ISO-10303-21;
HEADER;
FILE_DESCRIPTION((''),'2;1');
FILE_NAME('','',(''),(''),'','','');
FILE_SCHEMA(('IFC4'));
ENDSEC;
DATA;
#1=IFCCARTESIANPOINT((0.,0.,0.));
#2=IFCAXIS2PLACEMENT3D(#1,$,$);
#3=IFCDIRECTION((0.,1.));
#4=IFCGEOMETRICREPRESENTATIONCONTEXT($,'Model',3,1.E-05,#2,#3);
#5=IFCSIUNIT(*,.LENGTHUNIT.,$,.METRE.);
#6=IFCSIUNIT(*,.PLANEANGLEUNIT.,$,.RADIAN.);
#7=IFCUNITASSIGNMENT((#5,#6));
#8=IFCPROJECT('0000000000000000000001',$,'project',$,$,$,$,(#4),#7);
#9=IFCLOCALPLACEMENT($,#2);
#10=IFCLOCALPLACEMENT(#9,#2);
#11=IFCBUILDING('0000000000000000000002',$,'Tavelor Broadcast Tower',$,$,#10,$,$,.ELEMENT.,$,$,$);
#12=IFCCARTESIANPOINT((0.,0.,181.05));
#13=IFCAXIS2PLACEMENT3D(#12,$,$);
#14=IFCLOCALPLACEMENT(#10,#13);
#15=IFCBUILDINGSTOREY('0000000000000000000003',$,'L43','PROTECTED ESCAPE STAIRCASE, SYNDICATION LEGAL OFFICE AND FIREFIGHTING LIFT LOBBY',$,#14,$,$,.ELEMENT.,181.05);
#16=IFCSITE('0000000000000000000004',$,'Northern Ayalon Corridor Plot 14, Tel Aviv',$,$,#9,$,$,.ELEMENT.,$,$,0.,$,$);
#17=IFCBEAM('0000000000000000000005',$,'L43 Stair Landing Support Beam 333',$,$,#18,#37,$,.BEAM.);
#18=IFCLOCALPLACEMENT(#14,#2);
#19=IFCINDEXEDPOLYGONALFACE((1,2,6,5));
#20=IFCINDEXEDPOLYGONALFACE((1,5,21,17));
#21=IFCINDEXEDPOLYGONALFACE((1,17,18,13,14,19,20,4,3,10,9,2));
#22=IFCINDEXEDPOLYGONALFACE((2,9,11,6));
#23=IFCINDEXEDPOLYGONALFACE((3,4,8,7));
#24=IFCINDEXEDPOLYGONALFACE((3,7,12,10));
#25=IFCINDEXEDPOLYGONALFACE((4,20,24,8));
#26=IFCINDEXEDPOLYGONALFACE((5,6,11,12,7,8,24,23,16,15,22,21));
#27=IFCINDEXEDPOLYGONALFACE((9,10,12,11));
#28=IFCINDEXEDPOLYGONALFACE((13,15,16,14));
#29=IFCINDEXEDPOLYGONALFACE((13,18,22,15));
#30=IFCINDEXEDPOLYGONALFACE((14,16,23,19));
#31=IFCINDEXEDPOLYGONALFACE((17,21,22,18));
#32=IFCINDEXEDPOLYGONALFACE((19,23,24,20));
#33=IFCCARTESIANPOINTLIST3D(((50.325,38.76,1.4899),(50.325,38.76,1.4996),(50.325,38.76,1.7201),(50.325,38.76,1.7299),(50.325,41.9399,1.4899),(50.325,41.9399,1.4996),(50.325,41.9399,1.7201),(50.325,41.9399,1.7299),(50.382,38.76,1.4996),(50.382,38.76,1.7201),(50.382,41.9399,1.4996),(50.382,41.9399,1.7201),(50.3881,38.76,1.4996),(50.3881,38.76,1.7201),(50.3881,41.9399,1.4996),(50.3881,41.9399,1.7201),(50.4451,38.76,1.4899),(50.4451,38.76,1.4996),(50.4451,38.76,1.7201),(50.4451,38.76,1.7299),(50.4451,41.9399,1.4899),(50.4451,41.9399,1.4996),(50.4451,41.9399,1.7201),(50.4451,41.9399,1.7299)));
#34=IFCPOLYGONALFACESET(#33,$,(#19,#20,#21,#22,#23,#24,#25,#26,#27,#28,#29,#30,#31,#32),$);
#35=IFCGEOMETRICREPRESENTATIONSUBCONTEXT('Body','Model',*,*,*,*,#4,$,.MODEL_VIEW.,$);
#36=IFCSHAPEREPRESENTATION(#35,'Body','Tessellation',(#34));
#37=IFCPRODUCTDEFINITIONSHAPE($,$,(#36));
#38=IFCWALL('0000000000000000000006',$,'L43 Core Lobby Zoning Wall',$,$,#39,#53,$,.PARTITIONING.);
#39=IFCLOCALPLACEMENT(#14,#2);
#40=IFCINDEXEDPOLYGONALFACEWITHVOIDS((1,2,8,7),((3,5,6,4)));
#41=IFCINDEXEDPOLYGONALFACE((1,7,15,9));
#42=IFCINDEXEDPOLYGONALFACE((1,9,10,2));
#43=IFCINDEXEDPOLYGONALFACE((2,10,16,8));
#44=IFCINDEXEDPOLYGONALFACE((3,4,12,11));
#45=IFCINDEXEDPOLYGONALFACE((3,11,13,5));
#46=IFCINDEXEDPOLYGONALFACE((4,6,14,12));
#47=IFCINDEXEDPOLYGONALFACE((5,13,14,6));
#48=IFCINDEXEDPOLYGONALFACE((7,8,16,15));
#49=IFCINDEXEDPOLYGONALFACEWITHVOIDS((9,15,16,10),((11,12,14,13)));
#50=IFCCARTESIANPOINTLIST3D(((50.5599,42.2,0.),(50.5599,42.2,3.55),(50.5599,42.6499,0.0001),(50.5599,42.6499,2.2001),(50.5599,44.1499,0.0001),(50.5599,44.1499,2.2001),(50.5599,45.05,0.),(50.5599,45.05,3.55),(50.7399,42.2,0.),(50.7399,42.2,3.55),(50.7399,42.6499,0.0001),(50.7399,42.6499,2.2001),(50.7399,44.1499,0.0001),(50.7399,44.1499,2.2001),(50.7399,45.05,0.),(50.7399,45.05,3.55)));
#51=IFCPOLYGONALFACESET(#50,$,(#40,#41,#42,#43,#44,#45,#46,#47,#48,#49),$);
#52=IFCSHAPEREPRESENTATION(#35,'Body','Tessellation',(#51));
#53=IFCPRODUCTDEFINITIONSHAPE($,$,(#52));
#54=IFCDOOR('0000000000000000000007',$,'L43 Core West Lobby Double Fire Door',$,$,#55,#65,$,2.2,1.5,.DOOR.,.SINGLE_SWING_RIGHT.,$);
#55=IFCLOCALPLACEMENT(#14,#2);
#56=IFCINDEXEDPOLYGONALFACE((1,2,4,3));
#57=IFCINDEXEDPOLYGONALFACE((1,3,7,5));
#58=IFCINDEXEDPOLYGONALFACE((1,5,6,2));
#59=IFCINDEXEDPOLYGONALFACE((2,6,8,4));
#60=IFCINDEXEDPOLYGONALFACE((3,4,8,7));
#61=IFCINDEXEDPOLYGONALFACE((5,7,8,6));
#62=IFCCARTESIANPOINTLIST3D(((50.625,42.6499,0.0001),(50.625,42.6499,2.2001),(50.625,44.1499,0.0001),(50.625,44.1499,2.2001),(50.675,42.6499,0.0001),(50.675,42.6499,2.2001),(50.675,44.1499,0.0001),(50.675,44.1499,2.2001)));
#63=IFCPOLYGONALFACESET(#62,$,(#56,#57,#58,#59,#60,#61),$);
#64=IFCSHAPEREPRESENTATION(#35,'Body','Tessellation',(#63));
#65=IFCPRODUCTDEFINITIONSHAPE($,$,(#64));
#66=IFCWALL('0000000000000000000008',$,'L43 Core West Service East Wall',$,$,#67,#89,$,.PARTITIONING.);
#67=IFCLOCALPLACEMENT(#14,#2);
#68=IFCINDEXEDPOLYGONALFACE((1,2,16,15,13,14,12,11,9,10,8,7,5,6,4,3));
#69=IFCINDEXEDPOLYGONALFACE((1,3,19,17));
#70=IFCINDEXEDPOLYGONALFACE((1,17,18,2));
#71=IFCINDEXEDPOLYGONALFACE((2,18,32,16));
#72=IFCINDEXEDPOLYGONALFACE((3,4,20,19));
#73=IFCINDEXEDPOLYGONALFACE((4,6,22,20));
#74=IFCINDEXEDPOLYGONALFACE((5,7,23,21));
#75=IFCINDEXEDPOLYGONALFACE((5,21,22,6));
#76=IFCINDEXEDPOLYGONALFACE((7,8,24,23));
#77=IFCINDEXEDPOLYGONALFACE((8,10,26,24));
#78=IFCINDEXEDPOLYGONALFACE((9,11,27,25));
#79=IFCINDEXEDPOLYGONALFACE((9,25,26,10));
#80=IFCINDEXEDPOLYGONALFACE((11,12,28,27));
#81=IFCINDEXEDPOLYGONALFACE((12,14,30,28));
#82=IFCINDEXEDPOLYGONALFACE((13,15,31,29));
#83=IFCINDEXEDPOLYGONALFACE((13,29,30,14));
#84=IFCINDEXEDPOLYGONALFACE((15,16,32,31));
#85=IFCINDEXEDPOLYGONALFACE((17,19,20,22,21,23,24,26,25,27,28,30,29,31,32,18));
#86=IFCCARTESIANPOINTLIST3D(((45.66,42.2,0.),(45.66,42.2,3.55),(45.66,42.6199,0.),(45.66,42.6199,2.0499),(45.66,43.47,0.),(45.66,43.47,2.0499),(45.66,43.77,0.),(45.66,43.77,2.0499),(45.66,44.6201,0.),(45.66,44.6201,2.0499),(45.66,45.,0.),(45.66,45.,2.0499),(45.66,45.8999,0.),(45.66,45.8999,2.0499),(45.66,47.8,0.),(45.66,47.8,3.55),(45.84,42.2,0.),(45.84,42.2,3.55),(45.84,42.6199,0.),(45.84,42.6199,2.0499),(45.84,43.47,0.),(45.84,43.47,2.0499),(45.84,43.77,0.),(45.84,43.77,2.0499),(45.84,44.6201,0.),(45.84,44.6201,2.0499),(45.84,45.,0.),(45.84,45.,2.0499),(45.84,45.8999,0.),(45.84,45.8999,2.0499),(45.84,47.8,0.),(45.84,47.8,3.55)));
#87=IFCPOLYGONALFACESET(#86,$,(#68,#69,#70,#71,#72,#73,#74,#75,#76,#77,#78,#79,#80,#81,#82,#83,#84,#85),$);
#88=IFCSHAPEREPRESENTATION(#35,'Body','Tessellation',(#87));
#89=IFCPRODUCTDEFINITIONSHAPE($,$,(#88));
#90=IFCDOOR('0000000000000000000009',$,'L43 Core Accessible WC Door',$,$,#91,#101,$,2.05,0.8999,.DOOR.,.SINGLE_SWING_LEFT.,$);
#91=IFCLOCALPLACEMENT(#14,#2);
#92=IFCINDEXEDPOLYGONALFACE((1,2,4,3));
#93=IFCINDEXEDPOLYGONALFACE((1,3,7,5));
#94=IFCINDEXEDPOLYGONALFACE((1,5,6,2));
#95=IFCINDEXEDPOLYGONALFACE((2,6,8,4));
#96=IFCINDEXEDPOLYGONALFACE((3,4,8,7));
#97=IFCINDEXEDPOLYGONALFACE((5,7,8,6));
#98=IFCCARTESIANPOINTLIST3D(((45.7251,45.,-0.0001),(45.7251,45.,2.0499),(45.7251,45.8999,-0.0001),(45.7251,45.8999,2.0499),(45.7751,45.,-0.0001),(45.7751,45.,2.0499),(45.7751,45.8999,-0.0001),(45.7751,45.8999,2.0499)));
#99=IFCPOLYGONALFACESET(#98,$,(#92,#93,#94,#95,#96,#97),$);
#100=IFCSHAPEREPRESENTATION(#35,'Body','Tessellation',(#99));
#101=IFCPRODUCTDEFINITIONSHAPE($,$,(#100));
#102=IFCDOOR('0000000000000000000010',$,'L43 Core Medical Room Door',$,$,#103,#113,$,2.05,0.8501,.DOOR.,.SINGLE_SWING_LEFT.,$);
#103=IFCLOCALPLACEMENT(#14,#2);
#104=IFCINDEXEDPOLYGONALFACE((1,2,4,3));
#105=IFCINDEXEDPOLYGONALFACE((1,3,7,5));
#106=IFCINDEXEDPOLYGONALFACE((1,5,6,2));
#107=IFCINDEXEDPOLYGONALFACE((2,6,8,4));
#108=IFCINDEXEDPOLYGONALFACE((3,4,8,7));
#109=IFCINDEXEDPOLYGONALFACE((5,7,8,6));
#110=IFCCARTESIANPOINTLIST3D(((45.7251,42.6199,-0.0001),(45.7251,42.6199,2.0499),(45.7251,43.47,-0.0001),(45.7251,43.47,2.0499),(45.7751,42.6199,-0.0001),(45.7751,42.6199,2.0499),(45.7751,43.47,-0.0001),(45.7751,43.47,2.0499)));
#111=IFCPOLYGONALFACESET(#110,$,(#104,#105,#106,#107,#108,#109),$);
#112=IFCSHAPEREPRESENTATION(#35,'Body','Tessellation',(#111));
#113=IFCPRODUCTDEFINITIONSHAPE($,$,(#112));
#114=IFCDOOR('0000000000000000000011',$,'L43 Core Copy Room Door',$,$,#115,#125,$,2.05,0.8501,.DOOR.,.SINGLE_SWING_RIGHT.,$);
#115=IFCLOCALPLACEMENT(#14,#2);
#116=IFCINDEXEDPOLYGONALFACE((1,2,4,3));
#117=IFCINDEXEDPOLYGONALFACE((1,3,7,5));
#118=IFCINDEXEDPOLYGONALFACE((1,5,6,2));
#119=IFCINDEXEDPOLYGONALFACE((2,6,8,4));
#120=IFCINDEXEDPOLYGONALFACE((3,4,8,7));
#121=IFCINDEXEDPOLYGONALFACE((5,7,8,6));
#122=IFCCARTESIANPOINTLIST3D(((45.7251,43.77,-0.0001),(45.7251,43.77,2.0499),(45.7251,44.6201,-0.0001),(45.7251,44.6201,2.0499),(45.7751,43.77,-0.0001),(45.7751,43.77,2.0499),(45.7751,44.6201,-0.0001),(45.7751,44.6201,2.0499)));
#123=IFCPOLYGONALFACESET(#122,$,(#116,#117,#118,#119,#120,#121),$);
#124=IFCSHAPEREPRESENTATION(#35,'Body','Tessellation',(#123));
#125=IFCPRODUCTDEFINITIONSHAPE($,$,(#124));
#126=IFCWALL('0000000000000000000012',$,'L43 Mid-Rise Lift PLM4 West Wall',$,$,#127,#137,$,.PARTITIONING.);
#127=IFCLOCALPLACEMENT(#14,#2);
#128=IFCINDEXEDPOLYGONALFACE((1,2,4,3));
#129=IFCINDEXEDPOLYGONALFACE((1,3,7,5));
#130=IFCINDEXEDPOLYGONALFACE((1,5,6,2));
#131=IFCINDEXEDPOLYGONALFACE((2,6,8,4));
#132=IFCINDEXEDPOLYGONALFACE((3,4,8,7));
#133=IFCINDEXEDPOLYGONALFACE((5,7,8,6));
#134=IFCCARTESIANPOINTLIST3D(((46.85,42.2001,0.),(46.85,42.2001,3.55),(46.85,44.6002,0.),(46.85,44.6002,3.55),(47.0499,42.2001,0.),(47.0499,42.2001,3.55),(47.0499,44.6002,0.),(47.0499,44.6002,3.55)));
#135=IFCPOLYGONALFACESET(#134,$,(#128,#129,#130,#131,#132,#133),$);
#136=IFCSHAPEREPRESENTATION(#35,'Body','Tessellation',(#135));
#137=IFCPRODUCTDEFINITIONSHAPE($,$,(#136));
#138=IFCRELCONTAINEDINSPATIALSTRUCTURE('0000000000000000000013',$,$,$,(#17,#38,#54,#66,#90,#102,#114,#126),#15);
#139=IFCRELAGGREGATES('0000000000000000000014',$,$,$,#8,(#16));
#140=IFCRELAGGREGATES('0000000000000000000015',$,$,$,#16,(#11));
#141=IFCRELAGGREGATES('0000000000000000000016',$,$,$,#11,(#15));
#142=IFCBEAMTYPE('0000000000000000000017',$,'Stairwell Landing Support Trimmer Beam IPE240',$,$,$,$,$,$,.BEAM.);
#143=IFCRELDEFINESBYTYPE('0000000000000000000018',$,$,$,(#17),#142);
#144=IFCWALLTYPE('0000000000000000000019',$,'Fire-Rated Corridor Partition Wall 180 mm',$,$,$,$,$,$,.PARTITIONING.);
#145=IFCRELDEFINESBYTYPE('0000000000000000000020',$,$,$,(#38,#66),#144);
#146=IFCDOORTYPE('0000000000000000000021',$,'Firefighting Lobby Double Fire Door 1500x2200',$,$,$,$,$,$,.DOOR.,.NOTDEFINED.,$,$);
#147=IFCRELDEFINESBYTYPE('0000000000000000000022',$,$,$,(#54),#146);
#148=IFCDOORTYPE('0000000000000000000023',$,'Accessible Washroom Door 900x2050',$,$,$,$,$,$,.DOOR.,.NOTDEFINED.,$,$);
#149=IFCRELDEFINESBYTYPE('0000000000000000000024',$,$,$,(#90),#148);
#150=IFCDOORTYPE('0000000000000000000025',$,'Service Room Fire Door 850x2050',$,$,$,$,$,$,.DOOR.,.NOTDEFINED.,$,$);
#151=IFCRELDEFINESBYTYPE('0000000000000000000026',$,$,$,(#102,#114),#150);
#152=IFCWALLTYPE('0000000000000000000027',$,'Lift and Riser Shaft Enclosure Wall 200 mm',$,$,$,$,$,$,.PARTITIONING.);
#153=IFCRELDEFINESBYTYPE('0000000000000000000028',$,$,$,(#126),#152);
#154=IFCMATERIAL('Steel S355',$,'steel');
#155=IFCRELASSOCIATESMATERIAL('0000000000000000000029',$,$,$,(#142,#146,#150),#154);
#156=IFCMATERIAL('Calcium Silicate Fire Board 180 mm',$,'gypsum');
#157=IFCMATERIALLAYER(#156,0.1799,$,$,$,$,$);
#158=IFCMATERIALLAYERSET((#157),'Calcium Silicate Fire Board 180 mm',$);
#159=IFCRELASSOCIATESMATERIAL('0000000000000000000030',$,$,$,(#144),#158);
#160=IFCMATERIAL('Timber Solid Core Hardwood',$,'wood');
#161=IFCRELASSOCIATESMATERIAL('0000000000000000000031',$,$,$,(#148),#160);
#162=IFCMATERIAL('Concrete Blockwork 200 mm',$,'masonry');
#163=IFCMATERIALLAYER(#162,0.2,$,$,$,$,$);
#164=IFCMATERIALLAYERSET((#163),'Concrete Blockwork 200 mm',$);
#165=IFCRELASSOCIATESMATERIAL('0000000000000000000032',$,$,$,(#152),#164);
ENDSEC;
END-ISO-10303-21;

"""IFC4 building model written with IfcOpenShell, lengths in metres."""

from ifc_helpers import new_model, si_unit, direction, frame, frame_2d, origin, origin_2d, place, context, subcontext, project, spatial, rectangle, i_section, extrude, material, layer, layer_set, material_profile, profile_set, type_object, element, fill, save


model = new_model("IFC4")

# Units and contexts
model_context = context("Model", 3, precision=1e-05, world=origin(), true_north=direction((0.0, 1.0)))
body_context = subcontext(model_context, "Body", "Model", "MODEL_VIEW")
ifc_project = project(units=[si_unit("LENGTHUNIT", "METRE"), si_unit("PLANEANGLEUNIT", "RADIAN")], contexts=[model_context])

# Site, building, storey
site_placement = place(None, origin())
site = spatial("IfcSite", under=ifc_project, at=site_placement, Name="Northern Ayalon Corridor Plot 14, Tel Aviv", CompositionType="ELEMENT", RefElevation=0.0)
building_placement = place(site_placement, origin())
building = spatial("IfcBuilding", under=site, at=building_placement, Name="Tavelor Broadcast Tower", CompositionType="ELEMENT")
storey_placement = place(building_placement, frame((0.0, 0.0, 181.05)))
storey = spatial("IfcBuildingStorey", under=building, at=storey_placement, Name="L43", Description="PROTECTED ESCAPE STAIRCASE, SYNDICATION LEGAL OFFICE AND FIREFIGHTING LIFT LOBBY", CompositionType="ELEMENT", Elevation=181.05)

# Beam
ifc_material_1 = material(Name="Steel S355", Category="steel")
ifc_material_profile = material_profile(ifc_material_1, i_section(OverallWidth=0.1201, OverallDepth=0.24, WebThickness=0.0061, FlangeThickness=0.0098, at=origin_2d()), Name="IPE 240")
ifc_profile_set = profile_set([ifc_material_profile], Name="Steel S355")
beam_type = type_object("IfcBeamType", Name="Stairwell Landing Support Trimmer Beam IPE240", PredefinedType="BEAM", material=ifc_profile_set)
beam_placement = place(storey_placement, frame((50.385, 38.76, 1.6099), z_axis=(0.0, 1.0, 0.0), x_axis=(-1.0, 0.0, 0.0)))
element("IfcBeam", 1, at=beam_placement, inside=storey, type_object=beam_type, Name="L43 Stair Landing Support Beam 333", PredefinedType="BEAM", context=body_context, shape_type="SweptSolid", body=[
    extrude(i_section(OverallWidth=0.1201, OverallDepth=0.24, WebThickness=0.0061, FlangeThickness=0.0098, at=origin_2d()), origin(), (0.0, 0.0, 1.0), 3.1799),
])

# Wall, opening, door
ifc_material_2 = material(Name="Calcium Silicate Fire Board 180 mm", Category="gypsum")
ifc_layer_1 = layer(ifc_material_2, 0.1799)
ifc_layer_set_1 = layer_set([ifc_layer_1], Name="Calcium Silicate Fire Board 180 mm")
wall_type_1 = type_object("IfcWallType", Name="Fire-Rated Corridor Partition Wall 180 mm", PredefinedType="PARTITIONING", material=ifc_layer_set_1)
wall_1_placement = place(storey_placement, frame((50.6499, 42.2, 0.0), z_axis=(0.0, 0.0, 1.0), x_axis=(0.0, 1.0, 0.0)))
wall_1 = element("IfcWall", 2, at=wall_1_placement, inside=storey, type_object=wall_type_1, Name="L43 Core Lobby Zoning Wall", PredefinedType="PARTITIONING", context=body_context, shape_type="SweptSolid", body=[
    extrude(rectangle(XDim=2.8501, YDim=0.1799, at=frame_2d((1.425, 0.0))), origin(), (0.0, 0.0, 1.0), 3.55),
])
opening_1_placement = place(wall_1_placement, frame((0.45, 0.0, 0.0)))
opening_1 = element("IfcOpeningElement", 3, at=opening_1_placement, cuts=wall_1, PredefinedType="OPENING", context=body_context, shape_type="SweptSolid", body=[
    extrude(rectangle(XDim=1.5, YDim=2.2, at=frame_2d((0.75, 1.1001))), frame((0.0, 0.1001, 0.0), z_axis=(0.0, -1.0, 0.0), x_axis=(1.0, 0.0, 0.0)), (0.0, 0.0, 1.0), 0.2),
])
door_type_1 = type_object("IfcDoorType", Name="Firefighting Lobby Double Fire Door 1500x2200", OperationType="NOTDEFINED", PredefinedType="DOOR", material=ifc_material_1)
door_1_placement = place(opening_1_placement, origin())
door_1 = element("IfcDoor", 4, at=door_1_placement, inside=storey, type_object=door_type_1, Name="L43 Core West Lobby Double Fire Door", OperationType="SINGLE_SWING_RIGHT", OverallHeight=2.2, OverallWidth=1.5, PredefinedType="DOOR", context=body_context, shape_type="SweptSolid", body=[
    extrude(rectangle(XDim=1.5, YDim=2.2, at=frame_2d((0.75, 1.1001))), frame((0.0, 0.0249, 0.0), z_axis=(0.0, -1.0, 0.0), x_axis=(1.0, 0.0, 0.0)), (0.0, 0.0, 1.0), 0.05),
])
fill(opening_1, door_1)

# Wall, openings, doors
wall_2_placement = place(storey_placement, frame((45.75, 42.2, 0.0), z_axis=(0.0, 0.0, 1.0), x_axis=(0.0, 1.0, 0.0)))
wall_2 = element("IfcWall", 5, at=wall_2_placement, inside=storey, type_object=wall_type_1, Name="L43 Core West Service East Wall", PredefinedType="PARTITIONING", context=body_context, shape_type="SweptSolid", body=[
    extrude(rectangle(XDim=5.6001, YDim=0.1799, at=frame_2d((2.8, 0.0))), origin(), (0.0, 0.0, 1.0), 3.55),
])
opening_2_placement = place(wall_2_placement, frame((0.4199, 0.0, 0.0)))
opening_2 = element("IfcOpeningElement", 6, at=opening_2_placement, cuts=wall_2, PredefinedType="OPENING", context=body_context, shape_type="SweptSolid", body=[
    extrude(rectangle(XDim=0.8501, YDim=2.05, at=frame_2d((0.425, 1.0249))), frame((0.0, 0.1001, 0.0), z_axis=(0.0, -1.0, 0.0), x_axis=(1.0, 0.0, 0.0)), (0.0, 0.0, 1.0), 0.2),
])
opening_3_placement = place(wall_2_placement, frame((1.5701, 0.0, 0.0)))
opening_3 = element("IfcOpeningElement", 7, at=opening_3_placement, cuts=wall_2, PredefinedType="OPENING", context=body_context, shape_type="SweptSolid", body=[
    extrude(rectangle(XDim=0.8501, YDim=2.05, at=frame_2d((0.425, 1.0249))), frame((0.0, 0.1001, 0.0), z_axis=(0.0, -1.0, 0.0), x_axis=(1.0, 0.0, 0.0)), (0.0, 0.0, 1.0), 0.2),
])
opening_4_placement = place(wall_2_placement, frame((2.8, 0.0, 0.0)))
opening_4 = element("IfcOpeningElement", 8, at=opening_4_placement, cuts=wall_2, PredefinedType="OPENING", context=body_context, shape_type="SweptSolid", body=[
    extrude(rectangle(XDim=0.8999, YDim=2.05, at=frame_2d((0.45, 1.0249))), frame((0.0, 0.1001, 0.0), z_axis=(0.0, -1.0, 0.0), x_axis=(1.0, 0.0, 0.0)), (0.0, 0.0, 1.0), 0.2),
])
ifc_material_3 = material(Name="Timber Solid Core Hardwood", Category="wood")
door_type_2 = type_object("IfcDoorType", Name="Accessible Washroom Door 900x2050", OperationType="NOTDEFINED", PredefinedType="DOOR", material=ifc_material_3)
door_2_placement = place(opening_4_placement, origin())
door_2 = element("IfcDoor", 9, at=door_2_placement, inside=storey, type_object=door_type_2, Name="L43 Core Accessible WC Door", OperationType="SINGLE_SWING_LEFT", OverallHeight=2.05, OverallWidth=0.8999, PredefinedType="DOOR", context=body_context, shape_type="SweptSolid", body=[
    extrude(rectangle(XDim=0.8999, YDim=2.05, at=frame_2d((0.45, 1.0249))), frame((0.0, 0.0249, 0.0), z_axis=(0.0, -1.0, 0.0), x_axis=(1.0, 0.0, 0.0)), (0.0, 0.0, 1.0), 0.05),
])
fill(opening_4, door_2)
door_type_3 = type_object("IfcDoorType", Name="Service Room Fire Door 850x2050", OperationType="NOTDEFINED", PredefinedType="DOOR", material=ifc_material_1)
door_3_placement = place(opening_2_placement, origin())
door_3 = element("IfcDoor", 10, at=door_3_placement, inside=storey, type_object=door_type_3, Name="L43 Core Medical Room Door", OperationType="SINGLE_SWING_LEFT", OverallHeight=2.05, OverallWidth=0.8501, PredefinedType="DOOR", context=body_context, shape_type="SweptSolid", body=[
    extrude(rectangle(XDim=0.8501, YDim=2.05, at=frame_2d((0.425, 1.0249))), frame((0.0, 0.0249, 0.0), z_axis=(0.0, -1.0, 0.0), x_axis=(1.0, 0.0, 0.0)), (0.0, 0.0, 1.0), 0.05),
])
fill(opening_2, door_3)
door_4_placement = place(opening_3_placement, origin())
door_4 = element("IfcDoor", 11, at=door_4_placement, inside=storey, type_object=door_type_3, Name="L43 Core Copy Room Door", OperationType="SINGLE_SWING_RIGHT", OverallHeight=2.05, OverallWidth=0.8501, PredefinedType="DOOR", context=body_context, shape_type="SweptSolid", body=[
    extrude(rectangle(XDim=0.8501, YDim=2.05, at=frame_2d((0.425, 1.0249))), frame((0.0, 0.0249, 0.0), z_axis=(0.0, -1.0, 0.0), x_axis=(1.0, 0.0, 0.0)), (0.0, 0.0, 1.0), 0.05),
])
fill(opening_3, door_4)

# Shared definitions
ifc_material_4 = material(Name="Concrete Blockwork 200 mm", Category="masonry")

# Wall
ifc_layer_2 = layer(ifc_material_4, 0.2)
ifc_layer_set_2 = layer_set([ifc_layer_2], Name="Concrete Blockwork 200 mm")
wall_type_2 = type_object("IfcWallType", Name="Lift and Riser Shaft Enclosure Wall 200 mm", PredefinedType="PARTITIONING", material=ifc_layer_set_2)
wall_3_placement = place(storey_placement, frame((46.95, 42.2, 0.0), z_axis=(0.0, 0.0, 1.0), x_axis=(0.0, 1.0, 0.0)))
element("IfcWall", 12, at=wall_3_placement, inside=storey, type_object=wall_type_2, Name="L43 Mid-Rise Lift PLM4 West Wall", PredefinedType="PARTITIONING", context=body_context, shape_type="SweptSolid", body=[
    extrude(rectangle(XDim=2.4001, YDim=0.2, at=frame_2d((1.2002, 0.0))), origin(), (0.0, 0.0, 1.0), 3.55),
])

save(model, "model.ifc")
